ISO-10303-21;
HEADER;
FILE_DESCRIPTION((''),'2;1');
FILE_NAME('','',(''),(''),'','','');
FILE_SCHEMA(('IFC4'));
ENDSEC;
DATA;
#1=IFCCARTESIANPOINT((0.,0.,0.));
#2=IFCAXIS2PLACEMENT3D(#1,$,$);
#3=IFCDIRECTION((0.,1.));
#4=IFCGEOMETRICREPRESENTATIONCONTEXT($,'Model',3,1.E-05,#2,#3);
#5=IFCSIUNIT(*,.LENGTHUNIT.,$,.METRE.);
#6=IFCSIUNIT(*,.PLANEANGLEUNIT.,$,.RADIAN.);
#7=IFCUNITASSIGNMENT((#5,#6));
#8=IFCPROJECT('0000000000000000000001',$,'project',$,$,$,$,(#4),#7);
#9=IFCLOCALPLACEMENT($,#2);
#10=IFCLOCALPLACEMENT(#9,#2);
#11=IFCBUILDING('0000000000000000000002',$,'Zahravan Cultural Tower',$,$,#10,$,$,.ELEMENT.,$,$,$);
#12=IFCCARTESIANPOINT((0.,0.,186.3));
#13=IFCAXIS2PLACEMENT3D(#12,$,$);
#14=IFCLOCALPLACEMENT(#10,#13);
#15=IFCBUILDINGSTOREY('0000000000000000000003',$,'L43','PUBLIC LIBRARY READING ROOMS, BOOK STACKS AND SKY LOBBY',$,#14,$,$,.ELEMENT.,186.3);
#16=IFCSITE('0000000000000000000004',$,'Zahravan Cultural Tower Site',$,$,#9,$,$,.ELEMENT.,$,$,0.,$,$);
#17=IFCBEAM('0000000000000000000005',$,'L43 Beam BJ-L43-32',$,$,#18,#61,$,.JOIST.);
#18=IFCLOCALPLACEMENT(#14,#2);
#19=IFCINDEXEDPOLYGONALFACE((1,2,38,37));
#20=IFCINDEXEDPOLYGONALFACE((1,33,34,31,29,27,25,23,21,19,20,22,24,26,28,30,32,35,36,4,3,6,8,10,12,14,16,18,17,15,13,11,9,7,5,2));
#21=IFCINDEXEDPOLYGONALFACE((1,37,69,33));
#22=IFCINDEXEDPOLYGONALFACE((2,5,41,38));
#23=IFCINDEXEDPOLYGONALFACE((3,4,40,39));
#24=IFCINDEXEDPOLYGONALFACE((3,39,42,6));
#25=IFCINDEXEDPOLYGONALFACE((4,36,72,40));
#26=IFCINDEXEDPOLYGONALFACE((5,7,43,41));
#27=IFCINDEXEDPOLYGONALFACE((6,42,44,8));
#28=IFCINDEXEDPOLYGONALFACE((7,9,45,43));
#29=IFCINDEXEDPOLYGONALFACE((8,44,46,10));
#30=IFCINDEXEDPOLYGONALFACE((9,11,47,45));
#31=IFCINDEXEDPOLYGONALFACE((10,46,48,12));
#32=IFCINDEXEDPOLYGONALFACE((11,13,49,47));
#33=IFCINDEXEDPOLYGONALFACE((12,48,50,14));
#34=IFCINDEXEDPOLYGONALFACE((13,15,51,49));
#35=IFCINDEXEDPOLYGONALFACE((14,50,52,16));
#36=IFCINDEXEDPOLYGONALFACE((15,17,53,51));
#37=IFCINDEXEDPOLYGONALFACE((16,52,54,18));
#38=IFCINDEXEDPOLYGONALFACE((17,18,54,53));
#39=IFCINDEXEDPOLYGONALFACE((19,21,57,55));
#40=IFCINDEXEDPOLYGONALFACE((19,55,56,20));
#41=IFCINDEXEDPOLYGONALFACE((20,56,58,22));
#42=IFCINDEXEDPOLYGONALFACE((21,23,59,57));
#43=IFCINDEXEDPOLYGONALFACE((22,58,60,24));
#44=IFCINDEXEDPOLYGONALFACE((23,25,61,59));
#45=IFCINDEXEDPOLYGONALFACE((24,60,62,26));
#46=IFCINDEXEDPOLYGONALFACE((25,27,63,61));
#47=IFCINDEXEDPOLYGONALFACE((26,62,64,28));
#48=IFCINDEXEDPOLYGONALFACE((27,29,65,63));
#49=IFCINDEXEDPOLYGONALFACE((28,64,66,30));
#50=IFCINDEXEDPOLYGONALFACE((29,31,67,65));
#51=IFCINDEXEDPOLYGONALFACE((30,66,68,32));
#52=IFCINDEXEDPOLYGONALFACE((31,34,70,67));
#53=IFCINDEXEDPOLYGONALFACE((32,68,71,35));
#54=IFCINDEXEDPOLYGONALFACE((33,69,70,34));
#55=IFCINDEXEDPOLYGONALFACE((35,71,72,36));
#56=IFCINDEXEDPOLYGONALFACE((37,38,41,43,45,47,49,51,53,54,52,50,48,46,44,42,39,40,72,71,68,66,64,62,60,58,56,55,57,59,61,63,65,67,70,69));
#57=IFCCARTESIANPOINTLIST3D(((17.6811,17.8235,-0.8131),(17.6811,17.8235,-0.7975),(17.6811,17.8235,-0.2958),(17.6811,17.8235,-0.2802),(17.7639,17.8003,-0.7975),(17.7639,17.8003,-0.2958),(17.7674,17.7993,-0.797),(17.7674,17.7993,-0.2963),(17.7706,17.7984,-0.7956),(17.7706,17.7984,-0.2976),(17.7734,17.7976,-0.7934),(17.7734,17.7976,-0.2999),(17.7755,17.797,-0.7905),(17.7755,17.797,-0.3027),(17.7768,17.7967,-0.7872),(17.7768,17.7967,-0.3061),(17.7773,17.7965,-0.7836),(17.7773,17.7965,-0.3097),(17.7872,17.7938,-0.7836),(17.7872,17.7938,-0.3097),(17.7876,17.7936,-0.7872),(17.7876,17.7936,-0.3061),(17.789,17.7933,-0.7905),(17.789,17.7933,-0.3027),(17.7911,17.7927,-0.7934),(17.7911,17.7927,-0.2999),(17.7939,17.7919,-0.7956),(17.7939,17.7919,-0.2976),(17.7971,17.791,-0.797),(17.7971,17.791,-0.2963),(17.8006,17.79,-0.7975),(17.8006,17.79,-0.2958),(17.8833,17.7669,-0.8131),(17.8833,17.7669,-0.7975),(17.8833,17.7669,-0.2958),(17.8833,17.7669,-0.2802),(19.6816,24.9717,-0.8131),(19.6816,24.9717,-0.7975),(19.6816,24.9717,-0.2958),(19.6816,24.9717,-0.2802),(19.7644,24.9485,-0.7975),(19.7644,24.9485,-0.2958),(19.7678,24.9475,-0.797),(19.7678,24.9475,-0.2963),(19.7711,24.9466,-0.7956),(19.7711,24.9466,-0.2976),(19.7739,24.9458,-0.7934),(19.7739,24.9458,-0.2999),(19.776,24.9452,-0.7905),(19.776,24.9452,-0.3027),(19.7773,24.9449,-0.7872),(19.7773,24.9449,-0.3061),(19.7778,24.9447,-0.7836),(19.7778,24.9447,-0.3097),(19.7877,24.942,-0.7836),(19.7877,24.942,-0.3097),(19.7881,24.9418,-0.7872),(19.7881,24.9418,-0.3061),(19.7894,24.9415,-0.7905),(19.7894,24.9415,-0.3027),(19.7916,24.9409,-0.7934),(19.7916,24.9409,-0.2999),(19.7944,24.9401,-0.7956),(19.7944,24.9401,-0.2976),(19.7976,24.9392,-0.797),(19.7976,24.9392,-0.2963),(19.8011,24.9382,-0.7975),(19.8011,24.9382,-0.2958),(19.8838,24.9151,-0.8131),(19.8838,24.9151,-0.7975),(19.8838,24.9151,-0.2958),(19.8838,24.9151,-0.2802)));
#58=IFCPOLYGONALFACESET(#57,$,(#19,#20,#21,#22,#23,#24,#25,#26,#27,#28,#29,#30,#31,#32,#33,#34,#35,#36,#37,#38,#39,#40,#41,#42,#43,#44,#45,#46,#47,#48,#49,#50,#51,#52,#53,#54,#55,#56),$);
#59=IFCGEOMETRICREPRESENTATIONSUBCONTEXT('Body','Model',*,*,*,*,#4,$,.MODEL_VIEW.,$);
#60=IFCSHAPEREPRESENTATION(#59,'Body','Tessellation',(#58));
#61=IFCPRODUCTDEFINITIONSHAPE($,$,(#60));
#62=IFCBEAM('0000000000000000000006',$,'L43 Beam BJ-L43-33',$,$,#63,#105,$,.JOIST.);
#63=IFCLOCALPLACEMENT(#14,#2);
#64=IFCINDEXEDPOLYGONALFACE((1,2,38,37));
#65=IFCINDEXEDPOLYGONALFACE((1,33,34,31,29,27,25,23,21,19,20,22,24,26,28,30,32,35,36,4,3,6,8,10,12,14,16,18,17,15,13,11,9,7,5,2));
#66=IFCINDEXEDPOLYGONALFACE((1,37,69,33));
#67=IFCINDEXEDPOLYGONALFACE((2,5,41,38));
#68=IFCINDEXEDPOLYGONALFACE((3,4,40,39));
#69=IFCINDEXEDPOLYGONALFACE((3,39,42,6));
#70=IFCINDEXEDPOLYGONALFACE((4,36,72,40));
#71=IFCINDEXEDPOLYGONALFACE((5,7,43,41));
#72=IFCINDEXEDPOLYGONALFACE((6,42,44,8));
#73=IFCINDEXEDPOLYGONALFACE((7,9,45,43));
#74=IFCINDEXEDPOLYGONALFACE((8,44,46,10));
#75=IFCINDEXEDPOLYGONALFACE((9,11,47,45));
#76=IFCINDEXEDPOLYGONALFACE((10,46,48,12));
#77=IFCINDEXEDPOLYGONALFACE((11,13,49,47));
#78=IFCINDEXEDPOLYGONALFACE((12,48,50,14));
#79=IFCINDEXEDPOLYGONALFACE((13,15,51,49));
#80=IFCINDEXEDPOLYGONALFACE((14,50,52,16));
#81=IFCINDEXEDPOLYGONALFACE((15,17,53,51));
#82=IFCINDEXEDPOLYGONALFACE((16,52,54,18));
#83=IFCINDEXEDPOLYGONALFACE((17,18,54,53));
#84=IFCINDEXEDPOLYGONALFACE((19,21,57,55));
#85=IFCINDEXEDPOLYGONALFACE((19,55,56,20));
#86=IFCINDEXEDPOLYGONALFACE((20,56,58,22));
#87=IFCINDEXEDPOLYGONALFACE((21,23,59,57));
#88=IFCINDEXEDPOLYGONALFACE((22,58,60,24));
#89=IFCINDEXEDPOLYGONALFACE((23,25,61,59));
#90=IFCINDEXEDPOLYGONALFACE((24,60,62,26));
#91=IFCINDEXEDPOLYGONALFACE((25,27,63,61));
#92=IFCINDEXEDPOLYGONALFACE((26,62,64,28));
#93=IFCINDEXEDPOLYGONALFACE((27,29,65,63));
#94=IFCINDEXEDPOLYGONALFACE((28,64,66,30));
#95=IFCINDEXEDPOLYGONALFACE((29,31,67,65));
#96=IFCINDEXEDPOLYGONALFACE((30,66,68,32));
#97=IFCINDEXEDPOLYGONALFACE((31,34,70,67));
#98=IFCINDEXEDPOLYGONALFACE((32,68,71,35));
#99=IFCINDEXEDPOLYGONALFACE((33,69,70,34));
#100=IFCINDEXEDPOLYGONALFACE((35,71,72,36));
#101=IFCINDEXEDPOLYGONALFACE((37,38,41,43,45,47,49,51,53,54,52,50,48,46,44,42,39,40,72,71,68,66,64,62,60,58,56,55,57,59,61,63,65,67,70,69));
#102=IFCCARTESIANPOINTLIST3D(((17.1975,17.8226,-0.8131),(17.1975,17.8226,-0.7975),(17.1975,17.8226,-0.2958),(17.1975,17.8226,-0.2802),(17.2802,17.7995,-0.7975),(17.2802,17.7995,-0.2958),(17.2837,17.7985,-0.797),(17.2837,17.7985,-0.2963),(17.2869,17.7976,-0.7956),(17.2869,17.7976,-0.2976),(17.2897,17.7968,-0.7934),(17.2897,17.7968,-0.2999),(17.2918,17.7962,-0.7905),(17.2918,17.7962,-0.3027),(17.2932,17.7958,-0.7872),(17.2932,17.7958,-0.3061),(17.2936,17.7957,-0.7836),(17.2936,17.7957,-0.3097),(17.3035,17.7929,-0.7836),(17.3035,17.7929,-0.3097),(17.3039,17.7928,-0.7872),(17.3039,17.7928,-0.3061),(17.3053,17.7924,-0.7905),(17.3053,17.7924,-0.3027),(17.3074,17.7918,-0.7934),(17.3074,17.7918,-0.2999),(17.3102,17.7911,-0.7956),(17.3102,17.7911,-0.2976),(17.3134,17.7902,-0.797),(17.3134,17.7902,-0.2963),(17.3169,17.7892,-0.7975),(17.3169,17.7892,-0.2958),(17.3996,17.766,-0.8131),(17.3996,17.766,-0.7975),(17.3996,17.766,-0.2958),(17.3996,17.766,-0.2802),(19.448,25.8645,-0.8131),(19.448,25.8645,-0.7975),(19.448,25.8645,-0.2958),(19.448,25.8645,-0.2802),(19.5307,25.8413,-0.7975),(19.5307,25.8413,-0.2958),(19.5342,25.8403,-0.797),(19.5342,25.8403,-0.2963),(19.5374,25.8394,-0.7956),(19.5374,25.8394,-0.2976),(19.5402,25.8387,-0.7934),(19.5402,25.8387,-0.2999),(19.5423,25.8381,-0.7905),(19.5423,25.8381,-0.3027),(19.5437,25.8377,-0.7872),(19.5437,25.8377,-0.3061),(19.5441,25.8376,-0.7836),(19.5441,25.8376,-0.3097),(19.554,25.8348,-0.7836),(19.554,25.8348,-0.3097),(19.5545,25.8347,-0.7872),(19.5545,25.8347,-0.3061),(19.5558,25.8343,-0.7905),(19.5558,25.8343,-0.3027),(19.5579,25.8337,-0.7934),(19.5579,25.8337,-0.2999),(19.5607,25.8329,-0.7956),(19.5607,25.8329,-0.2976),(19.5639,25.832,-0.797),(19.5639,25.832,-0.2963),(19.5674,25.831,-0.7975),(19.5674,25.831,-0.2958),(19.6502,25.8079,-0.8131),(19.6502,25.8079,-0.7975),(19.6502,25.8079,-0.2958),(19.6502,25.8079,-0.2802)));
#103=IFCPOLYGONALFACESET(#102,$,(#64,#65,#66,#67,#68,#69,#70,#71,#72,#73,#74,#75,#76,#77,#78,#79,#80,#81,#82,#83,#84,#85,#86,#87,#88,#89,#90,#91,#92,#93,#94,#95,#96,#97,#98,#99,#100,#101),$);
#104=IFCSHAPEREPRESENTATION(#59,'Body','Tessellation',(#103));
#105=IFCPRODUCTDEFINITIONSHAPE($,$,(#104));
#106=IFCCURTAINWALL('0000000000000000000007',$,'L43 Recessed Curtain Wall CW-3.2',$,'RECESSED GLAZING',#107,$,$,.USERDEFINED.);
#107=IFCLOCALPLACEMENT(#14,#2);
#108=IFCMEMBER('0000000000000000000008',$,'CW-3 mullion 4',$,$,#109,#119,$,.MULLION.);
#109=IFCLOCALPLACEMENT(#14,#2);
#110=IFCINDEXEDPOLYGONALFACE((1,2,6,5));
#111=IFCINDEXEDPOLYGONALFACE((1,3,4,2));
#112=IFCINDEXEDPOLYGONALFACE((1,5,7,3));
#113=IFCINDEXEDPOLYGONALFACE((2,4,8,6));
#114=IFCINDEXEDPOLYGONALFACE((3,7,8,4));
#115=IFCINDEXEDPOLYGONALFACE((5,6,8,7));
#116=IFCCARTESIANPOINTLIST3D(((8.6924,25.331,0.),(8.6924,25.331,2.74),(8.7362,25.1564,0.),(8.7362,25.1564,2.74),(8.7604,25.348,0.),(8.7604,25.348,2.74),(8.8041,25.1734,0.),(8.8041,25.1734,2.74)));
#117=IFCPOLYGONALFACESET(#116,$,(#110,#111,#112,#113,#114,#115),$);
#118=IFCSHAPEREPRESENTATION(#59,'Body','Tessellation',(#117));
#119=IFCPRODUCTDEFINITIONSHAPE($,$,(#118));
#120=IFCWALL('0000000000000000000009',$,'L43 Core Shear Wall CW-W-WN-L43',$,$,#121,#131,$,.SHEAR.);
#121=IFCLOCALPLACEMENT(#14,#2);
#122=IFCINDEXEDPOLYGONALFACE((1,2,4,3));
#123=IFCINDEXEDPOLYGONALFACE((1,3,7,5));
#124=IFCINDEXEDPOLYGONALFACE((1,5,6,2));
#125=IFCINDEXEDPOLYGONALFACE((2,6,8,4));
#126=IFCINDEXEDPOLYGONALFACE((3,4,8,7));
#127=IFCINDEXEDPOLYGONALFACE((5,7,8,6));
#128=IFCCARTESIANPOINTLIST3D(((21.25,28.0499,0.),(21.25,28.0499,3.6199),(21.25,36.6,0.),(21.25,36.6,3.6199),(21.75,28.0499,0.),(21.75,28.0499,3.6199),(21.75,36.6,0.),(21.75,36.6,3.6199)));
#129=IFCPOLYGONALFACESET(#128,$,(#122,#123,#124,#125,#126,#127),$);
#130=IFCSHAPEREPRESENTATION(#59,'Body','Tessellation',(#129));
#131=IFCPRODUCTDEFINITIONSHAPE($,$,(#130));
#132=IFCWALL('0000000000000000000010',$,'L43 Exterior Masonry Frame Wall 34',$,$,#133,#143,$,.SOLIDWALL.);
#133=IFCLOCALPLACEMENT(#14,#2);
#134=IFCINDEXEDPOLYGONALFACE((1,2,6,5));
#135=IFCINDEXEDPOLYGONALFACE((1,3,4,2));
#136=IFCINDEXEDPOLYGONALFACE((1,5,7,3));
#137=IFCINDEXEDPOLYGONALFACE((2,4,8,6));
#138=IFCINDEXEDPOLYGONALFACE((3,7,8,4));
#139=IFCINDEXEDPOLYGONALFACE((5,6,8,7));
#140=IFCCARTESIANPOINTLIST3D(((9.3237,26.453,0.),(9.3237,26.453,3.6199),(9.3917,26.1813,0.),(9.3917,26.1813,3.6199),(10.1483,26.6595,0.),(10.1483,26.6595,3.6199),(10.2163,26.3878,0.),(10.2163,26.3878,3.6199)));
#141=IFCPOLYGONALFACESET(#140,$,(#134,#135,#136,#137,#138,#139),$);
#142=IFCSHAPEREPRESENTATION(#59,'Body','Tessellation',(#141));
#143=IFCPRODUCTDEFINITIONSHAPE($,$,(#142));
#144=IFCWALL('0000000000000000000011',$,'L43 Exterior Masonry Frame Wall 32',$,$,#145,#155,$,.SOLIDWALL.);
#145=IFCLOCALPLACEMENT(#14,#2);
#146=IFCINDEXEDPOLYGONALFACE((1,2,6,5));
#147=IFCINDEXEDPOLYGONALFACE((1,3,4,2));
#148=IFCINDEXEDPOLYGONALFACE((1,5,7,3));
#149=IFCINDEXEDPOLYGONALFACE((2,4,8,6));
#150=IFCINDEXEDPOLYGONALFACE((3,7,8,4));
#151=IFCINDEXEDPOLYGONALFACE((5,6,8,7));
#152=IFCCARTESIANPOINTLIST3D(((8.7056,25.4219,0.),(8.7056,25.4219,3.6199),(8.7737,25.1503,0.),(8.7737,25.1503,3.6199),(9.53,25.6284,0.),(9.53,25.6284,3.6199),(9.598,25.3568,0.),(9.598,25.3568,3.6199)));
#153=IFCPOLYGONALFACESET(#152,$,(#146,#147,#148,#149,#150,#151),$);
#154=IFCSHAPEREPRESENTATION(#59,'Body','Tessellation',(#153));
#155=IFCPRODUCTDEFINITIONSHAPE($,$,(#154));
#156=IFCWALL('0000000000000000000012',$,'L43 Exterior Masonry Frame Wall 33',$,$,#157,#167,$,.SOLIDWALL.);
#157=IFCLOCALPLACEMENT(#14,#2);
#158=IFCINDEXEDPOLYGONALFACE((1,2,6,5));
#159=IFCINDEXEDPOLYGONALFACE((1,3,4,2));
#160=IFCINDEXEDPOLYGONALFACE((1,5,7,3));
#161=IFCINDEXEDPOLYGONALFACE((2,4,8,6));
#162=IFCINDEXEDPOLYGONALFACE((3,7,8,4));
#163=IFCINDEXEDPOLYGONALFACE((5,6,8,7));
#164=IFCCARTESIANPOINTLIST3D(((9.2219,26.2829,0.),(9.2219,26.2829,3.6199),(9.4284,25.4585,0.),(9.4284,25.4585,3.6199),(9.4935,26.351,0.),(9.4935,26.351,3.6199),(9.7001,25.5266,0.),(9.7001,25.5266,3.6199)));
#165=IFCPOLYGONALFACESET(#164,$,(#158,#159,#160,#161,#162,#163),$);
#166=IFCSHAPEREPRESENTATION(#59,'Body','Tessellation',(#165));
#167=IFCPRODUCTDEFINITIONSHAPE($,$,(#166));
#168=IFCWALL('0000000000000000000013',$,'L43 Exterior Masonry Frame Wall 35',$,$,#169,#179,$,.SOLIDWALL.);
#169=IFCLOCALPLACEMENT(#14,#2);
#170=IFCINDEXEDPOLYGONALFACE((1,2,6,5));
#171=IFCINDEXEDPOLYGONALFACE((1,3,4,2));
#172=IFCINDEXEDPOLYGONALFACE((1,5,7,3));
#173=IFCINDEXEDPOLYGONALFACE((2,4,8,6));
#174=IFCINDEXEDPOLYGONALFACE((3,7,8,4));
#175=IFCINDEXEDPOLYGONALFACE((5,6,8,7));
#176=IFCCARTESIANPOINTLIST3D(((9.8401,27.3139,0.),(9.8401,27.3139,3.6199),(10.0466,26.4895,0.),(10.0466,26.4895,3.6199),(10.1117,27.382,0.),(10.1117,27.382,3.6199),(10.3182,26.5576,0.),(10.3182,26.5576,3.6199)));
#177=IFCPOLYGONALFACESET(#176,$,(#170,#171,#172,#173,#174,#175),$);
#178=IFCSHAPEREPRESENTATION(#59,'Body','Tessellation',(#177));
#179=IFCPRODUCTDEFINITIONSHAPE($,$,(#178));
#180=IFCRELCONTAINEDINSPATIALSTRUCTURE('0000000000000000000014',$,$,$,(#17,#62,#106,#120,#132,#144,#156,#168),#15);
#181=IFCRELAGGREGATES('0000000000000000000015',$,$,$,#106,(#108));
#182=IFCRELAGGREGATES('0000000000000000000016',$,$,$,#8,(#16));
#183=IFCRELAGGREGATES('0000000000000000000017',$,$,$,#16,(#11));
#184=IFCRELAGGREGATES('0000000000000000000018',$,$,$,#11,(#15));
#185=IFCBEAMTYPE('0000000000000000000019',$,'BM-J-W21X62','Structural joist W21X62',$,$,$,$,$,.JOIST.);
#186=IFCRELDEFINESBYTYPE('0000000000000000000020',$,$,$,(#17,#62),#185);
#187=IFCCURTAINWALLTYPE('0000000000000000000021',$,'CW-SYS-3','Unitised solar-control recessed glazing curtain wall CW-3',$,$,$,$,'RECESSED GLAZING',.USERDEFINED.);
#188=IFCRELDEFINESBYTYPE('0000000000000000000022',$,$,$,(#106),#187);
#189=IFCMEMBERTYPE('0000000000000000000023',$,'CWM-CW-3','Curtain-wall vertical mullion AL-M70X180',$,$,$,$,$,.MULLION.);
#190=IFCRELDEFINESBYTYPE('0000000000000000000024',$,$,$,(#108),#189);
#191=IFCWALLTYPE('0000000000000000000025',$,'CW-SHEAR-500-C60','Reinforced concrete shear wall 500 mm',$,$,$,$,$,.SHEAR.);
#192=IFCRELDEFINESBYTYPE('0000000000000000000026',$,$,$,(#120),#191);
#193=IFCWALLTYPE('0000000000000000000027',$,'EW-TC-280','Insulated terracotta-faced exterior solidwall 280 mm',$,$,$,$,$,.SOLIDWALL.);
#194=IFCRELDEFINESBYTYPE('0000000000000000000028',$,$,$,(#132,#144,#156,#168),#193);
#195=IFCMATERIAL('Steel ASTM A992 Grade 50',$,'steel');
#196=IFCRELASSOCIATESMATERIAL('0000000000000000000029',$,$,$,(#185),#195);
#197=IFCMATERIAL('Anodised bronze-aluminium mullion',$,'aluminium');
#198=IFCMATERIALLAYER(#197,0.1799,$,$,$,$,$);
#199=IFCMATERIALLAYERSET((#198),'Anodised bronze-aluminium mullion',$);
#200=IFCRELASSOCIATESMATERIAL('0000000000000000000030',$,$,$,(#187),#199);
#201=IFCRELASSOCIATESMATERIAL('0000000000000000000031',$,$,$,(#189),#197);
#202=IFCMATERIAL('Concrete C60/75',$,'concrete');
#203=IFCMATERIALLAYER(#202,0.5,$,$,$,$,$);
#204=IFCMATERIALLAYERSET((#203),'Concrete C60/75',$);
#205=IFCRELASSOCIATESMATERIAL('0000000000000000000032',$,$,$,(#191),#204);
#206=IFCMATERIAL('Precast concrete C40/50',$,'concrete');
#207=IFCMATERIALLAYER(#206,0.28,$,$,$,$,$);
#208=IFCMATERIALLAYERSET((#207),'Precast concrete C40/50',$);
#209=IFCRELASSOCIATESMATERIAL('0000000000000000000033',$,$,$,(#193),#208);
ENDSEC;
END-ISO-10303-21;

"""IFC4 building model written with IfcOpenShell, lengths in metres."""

from ifc_helpers import new_model, si_unit, direction, frame, frame_2d, origin, origin_2d, place, context, subcontext, project, spatial, rectangle, i_section, extrude, source, transform, mapped, material, layer, layer_set, material_profile, profile_set, type_object, element, aggregate, save


model = new_model("IFC4")

# Units and contexts
model_context = context("Model", 3, precision=1e-05, world=origin(), true_north=direction((0.0, 1.0)))
body_context = subcontext(model_context, "Body", "Model", "MODEL_VIEW")
ifc_project = project(units=[si_unit("LENGTHUNIT", "METRE"), si_unit("PLANEANGLEUNIT", "RADIAN")], contexts=[model_context])

# Site, building, storey
site_placement = place(None, origin())
site = spatial("IfcSite", under=ifc_project, at=site_placement, Name="Zahravan Cultural Tower Site", CompositionType="ELEMENT", RefElevation=0.0)
building_placement = place(site_placement, origin())
building = spatial("IfcBuilding", under=site, at=building_placement, Name="Zahravan Cultural Tower", CompositionType="ELEMENT")
storey_placement = place(building_placement, frame((0.0, 0.0, 186.3)))
storey = spatial("IfcBuildingStorey", under=building, at=storey_placement, Name="L43", Description="PUBLIC LIBRARY READING ROOMS, BOOK STACKS AND SKY LOBBY", CompositionType="ELEMENT", Elevation=186.3)

# Shared definitions
ifc_material_1 = material(Name="Steel ASTM A992 Grade 50", Category="steel")

# Beams
ifc_material_profile_1 = material_profile(ifc_material_1, i_section(OverallWidth=0.21, OverallDepth=0.533, WebThickness=0.0103, FlangeThickness=0.0156, FilletRadius=0.0139, at=origin_2d()), Name="W21X62")
ifc_profile_set_1 = profile_set([ifc_material_profile_1], Name="Steel ASTM A992 Grade 50")
beam_type_1 = type_object("IfcBeamType", Name="BM-J-W21X62", Description="Structural joist W21X62", PredefinedType="JOIST", material=ifc_profile_set_1)
shared_shape_1 = source(origin(), body_context, "Body", "SweptSolid", [
    extrude(i_section(OverallWidth=0.21, OverallDepth=0.533, WebThickness=0.0103, FlangeThickness=0.0156, FilletRadius=0.0139, at=origin_2d()), origin(), (0.0, 0.0, 1.0), 7.4229),
])
beam_1_placement = place(storey_placement, frame((19.7827, 24.9434, -0.5466), z_axis=(-0.269504, -0.962999, 0.0), x_axis=(0.962999, -0.269504, 0.0)))
element("IfcBeam", 1, at=beam_1_placement, inside=storey, type_object=beam_type_1, Name="L43 Beam BJ-L43-32", PredefinedType="JOIST", context=body_context, shape_type="MappedRepresentation", body=[
    mapped(shared_shape_1, transform((0.0, 0.0, 0.0), x_axis=(1.0, 0.0, 0.0), y_axis=(0.0, 1.0, 0.0), z_axis=(0.0, 0.0, 1.0), scale=1.0)),
])
shared_shape_2 = source(origin(), body_context, "Body", "SweptSolid", [
    extrude(i_section(OverallWidth=0.21, OverallDepth=0.533, WebThickness=0.0103, FlangeThickness=0.0156, FilletRadius=0.0139, at=origin_2d()), origin(), (0.0, 0.0, 1.0), 8.3508),
])
beam_2_placement = place(storey_placement, frame((19.5491, 25.8362, -0.5466), z_axis=(-0.269497, -0.963001, 0.0), x_axis=(0.963001, -0.269497, 0.0)))
element("IfcBeam", 2, at=beam_2_placement, inside=storey, type_object=beam_type_1, Name="L43 Beam BJ-L43-33", PredefinedType="JOIST", context=body_context, shape_type="MappedRepresentation", body=[
    mapped(shared_shape_2, transform((0.0, 0.0, 0.0), x_axis=(1.0, 0.0, 0.0), y_axis=(0.0, 1.0, 0.0), z_axis=(0.0, 0.0, 1.0), scale=1.0)),
])

# Curtain wall, member
ifc_material_2 = material(Name="Anodised bronze-aluminium mullion", Category="aluminium")
ifc_layer_1 = layer(ifc_material_2, 0.1799)
ifc_layer_set_1 = layer_set([ifc_layer_1], Name="Anodised bronze-aluminium mullion")
curtain_wall_type = type_object("IfcCurtainWallType", Name="CW-SYS-3", Description="Unitised solar-control recessed glazing curtain wall CW-3", ElementType="RECESSED GLAZING", PredefinedType="USERDEFINED", material=ifc_layer_set_1)
curtain_wall_placement = place(storey_placement, origin())
curtain_wall = element("IfcCurtainWall", 3, at=curtain_wall_placement, inside=storey, type_object=curtain_wall_type, Name="L43 Recessed Curtain Wall CW-3.2", ObjectType="RECESSED GLAZING", PredefinedType="USERDEFINED")
ifc_material_profile_2 = material_profile(ifc_material_2, rectangle(XDim=0.0701, YDim=0.1799, at=origin_2d()), Name="AL-M70X180")
ifc_profile_set_2 = profile_set([ifc_material_profile_2], Name="Anodised bronze-aluminium mullion")
member_type = type_object("IfcMemberType", Name="CWM-CW-3", Description="Curtain-wall vertical mullion AL-M70X180", PredefinedType="MULLION", material=ifc_profile_set_2)
shared_shape_3 = source(origin(), body_context, "Body", "SweptSolid", [
    extrude(rectangle(XDim=0.0701, YDim=0.1799, at=origin_2d()), origin(), (0.0, 0.0, 1.0), 2.74),
])
member_placement = place(storey_placement, frame((8.7483, 25.2522, 0.0), z_axis=(0.0, 0.0, 1.0), x_axis=(-0.97004, -0.242944, 0.0)))
member = element("IfcMember", 4, at=member_placement, type_object=member_type, Name="CW-3 mullion 4", PredefinedType="MULLION", context=body_context, shape_type="MappedRepresentation", body=[
    mapped(shared_shape_3, transform((0.0, 0.0, 0.0), x_axis=(1.0, 0.0, 0.0), y_axis=(0.0, 1.0, 0.0), z_axis=(0.0, 0.0, 1.0), scale=1.0)),
])
aggregate(curtain_wall, [member])

# Walls
ifc_material_3 = material(Name="Concrete C60/75", Category="concrete")
ifc_layer_2 = layer(ifc_material_3, 0.5)
ifc_layer_set_2 = layer_set([ifc_layer_2], Name="Concrete C60/75")
wall_type_1 = type_object("IfcWallType", Name="CW-SHEAR-500-C60", Description="Reinforced concrete shear wall 500 mm", PredefinedType="SHEAR", material=ifc_layer_set_2)
shared_shape_4 = source(origin(), body_context, "Body", "SweptSolid", [
    extrude(rectangle(XDim=8.55, YDim=0.5, at=frame_2d((4.2749, 0.0))), origin(), (0.0, 0.0, 1.0), 3.6199),
])
wall_1_placement = place(storey_placement, frame((21.5, 28.05, 0.0), z_axis=(0.0, 0.0, 1.0), x_axis=(0.0, 1.0, 0.0)))
element("IfcWall", 5, at=wall_1_placement, inside=storey, type_object=wall_type_1, Name="L43 Core Shear Wall CW-W-WN-L43", PredefinedType="SHEAR", context=body_context, shape_type="MappedRepresentation", body=[
    mapped(shared_shape_4, transform((0.0, 0.0, 0.0), x_axis=(1.0, 0.0, 0.0), y_axis=(0.0, 1.0, 0.0), z_axis=(0.0, 0.0, 1.0), scale=1.0)),
])
ifc_material_4 = material(Name="Precast concrete C40/50", Category="concrete")
ifc_layer_3 = layer(ifc_material_4, 0.28)
ifc_layer_set_3 = layer_set([ifc_layer_3], Name="Precast concrete C40/50")
wall_type_2 = type_object("IfcWallType", Name="EW-TC-280", Description="Insulated terracotta-faced exterior solidwall 280 mm", PredefinedType="SOLIDWALL", material=ifc_layer_set_3)
shared_shape_5 = source(origin(), body_context, "Body", "SweptSolid", [
    extrude(rectangle(XDim=0.8501, YDim=0.28, at=frame_2d((0.425, 0.0))), origin(), (0.0, 0.0, 1.0), 3.6199),
])
wall_2_placement = place(storey_placement, frame((9.3577, 26.3171, 0.0), z_axis=(0.0, 0.0, 1.0), x_axis=(0.970041, 0.242941, 0.0)))
element("IfcWall", 6, at=wall_2_placement, inside=storey, type_object=wall_type_2, Name="L43 Exterior Masonry Frame Wall 34", PredefinedType="SOLIDWALL", context=body_context, shape_type="MappedRepresentation", body=[
    mapped(shared_shape_5, transform((0.0, 0.0, 0.0), x_axis=(1.0, 0.0, 0.0), y_axis=(0.0, 1.0, 0.0), z_axis=(0.0, 0.0, 1.0), scale=1.0)),
])
shared_shape_6 = source(origin(), body_context, "Body", "SweptSolid", [
    extrude(rectangle(XDim=0.8499, YDim=0.28, at=frame_2d((0.4248, 0.0))), origin(), (0.0, 0.0, 1.0), 3.6199),
])
for number, where, z_axis, x_axis, name in (
    (7, (8.7397, 25.2861, 0.0), (0.0, 0.0, 1.0), (0.970024, 0.243009, 0.0), "L43 Exterior Masonry Frame Wall 32"),
    (8, (9.5642, 25.4927, 0.0), (0.0, 0.0, 1.0), (-0.243009, 0.970024, 0.0), "L43 Exterior Masonry Frame Wall 33"),
    (9, (10.1824, 26.5237, 0.0), (0.0, 0.0, 1.0), (-0.243009, 0.970024, 0.0), "L43 Exterior Masonry Frame Wall 35"),
):
    element("IfcWall", number, at=place(storey_placement, frame(where, z_axis=z_axis, x_axis=x_axis)), inside=storey, type_object=wall_type_2, Name=name, PredefinedType="SOLIDWALL", context=body_context, shape_type="MappedRepresentation", body=[
        mapped(shared_shape_6, transform((0.0, 0.0, 0.0), x_axis=(1.0, 0.0, 0.0), y_axis=(0.0, 1.0, 0.0), z_axis=(0.0, 0.0, 1.0), scale=1.0)),
    ])

save(model, "model.ifc")
